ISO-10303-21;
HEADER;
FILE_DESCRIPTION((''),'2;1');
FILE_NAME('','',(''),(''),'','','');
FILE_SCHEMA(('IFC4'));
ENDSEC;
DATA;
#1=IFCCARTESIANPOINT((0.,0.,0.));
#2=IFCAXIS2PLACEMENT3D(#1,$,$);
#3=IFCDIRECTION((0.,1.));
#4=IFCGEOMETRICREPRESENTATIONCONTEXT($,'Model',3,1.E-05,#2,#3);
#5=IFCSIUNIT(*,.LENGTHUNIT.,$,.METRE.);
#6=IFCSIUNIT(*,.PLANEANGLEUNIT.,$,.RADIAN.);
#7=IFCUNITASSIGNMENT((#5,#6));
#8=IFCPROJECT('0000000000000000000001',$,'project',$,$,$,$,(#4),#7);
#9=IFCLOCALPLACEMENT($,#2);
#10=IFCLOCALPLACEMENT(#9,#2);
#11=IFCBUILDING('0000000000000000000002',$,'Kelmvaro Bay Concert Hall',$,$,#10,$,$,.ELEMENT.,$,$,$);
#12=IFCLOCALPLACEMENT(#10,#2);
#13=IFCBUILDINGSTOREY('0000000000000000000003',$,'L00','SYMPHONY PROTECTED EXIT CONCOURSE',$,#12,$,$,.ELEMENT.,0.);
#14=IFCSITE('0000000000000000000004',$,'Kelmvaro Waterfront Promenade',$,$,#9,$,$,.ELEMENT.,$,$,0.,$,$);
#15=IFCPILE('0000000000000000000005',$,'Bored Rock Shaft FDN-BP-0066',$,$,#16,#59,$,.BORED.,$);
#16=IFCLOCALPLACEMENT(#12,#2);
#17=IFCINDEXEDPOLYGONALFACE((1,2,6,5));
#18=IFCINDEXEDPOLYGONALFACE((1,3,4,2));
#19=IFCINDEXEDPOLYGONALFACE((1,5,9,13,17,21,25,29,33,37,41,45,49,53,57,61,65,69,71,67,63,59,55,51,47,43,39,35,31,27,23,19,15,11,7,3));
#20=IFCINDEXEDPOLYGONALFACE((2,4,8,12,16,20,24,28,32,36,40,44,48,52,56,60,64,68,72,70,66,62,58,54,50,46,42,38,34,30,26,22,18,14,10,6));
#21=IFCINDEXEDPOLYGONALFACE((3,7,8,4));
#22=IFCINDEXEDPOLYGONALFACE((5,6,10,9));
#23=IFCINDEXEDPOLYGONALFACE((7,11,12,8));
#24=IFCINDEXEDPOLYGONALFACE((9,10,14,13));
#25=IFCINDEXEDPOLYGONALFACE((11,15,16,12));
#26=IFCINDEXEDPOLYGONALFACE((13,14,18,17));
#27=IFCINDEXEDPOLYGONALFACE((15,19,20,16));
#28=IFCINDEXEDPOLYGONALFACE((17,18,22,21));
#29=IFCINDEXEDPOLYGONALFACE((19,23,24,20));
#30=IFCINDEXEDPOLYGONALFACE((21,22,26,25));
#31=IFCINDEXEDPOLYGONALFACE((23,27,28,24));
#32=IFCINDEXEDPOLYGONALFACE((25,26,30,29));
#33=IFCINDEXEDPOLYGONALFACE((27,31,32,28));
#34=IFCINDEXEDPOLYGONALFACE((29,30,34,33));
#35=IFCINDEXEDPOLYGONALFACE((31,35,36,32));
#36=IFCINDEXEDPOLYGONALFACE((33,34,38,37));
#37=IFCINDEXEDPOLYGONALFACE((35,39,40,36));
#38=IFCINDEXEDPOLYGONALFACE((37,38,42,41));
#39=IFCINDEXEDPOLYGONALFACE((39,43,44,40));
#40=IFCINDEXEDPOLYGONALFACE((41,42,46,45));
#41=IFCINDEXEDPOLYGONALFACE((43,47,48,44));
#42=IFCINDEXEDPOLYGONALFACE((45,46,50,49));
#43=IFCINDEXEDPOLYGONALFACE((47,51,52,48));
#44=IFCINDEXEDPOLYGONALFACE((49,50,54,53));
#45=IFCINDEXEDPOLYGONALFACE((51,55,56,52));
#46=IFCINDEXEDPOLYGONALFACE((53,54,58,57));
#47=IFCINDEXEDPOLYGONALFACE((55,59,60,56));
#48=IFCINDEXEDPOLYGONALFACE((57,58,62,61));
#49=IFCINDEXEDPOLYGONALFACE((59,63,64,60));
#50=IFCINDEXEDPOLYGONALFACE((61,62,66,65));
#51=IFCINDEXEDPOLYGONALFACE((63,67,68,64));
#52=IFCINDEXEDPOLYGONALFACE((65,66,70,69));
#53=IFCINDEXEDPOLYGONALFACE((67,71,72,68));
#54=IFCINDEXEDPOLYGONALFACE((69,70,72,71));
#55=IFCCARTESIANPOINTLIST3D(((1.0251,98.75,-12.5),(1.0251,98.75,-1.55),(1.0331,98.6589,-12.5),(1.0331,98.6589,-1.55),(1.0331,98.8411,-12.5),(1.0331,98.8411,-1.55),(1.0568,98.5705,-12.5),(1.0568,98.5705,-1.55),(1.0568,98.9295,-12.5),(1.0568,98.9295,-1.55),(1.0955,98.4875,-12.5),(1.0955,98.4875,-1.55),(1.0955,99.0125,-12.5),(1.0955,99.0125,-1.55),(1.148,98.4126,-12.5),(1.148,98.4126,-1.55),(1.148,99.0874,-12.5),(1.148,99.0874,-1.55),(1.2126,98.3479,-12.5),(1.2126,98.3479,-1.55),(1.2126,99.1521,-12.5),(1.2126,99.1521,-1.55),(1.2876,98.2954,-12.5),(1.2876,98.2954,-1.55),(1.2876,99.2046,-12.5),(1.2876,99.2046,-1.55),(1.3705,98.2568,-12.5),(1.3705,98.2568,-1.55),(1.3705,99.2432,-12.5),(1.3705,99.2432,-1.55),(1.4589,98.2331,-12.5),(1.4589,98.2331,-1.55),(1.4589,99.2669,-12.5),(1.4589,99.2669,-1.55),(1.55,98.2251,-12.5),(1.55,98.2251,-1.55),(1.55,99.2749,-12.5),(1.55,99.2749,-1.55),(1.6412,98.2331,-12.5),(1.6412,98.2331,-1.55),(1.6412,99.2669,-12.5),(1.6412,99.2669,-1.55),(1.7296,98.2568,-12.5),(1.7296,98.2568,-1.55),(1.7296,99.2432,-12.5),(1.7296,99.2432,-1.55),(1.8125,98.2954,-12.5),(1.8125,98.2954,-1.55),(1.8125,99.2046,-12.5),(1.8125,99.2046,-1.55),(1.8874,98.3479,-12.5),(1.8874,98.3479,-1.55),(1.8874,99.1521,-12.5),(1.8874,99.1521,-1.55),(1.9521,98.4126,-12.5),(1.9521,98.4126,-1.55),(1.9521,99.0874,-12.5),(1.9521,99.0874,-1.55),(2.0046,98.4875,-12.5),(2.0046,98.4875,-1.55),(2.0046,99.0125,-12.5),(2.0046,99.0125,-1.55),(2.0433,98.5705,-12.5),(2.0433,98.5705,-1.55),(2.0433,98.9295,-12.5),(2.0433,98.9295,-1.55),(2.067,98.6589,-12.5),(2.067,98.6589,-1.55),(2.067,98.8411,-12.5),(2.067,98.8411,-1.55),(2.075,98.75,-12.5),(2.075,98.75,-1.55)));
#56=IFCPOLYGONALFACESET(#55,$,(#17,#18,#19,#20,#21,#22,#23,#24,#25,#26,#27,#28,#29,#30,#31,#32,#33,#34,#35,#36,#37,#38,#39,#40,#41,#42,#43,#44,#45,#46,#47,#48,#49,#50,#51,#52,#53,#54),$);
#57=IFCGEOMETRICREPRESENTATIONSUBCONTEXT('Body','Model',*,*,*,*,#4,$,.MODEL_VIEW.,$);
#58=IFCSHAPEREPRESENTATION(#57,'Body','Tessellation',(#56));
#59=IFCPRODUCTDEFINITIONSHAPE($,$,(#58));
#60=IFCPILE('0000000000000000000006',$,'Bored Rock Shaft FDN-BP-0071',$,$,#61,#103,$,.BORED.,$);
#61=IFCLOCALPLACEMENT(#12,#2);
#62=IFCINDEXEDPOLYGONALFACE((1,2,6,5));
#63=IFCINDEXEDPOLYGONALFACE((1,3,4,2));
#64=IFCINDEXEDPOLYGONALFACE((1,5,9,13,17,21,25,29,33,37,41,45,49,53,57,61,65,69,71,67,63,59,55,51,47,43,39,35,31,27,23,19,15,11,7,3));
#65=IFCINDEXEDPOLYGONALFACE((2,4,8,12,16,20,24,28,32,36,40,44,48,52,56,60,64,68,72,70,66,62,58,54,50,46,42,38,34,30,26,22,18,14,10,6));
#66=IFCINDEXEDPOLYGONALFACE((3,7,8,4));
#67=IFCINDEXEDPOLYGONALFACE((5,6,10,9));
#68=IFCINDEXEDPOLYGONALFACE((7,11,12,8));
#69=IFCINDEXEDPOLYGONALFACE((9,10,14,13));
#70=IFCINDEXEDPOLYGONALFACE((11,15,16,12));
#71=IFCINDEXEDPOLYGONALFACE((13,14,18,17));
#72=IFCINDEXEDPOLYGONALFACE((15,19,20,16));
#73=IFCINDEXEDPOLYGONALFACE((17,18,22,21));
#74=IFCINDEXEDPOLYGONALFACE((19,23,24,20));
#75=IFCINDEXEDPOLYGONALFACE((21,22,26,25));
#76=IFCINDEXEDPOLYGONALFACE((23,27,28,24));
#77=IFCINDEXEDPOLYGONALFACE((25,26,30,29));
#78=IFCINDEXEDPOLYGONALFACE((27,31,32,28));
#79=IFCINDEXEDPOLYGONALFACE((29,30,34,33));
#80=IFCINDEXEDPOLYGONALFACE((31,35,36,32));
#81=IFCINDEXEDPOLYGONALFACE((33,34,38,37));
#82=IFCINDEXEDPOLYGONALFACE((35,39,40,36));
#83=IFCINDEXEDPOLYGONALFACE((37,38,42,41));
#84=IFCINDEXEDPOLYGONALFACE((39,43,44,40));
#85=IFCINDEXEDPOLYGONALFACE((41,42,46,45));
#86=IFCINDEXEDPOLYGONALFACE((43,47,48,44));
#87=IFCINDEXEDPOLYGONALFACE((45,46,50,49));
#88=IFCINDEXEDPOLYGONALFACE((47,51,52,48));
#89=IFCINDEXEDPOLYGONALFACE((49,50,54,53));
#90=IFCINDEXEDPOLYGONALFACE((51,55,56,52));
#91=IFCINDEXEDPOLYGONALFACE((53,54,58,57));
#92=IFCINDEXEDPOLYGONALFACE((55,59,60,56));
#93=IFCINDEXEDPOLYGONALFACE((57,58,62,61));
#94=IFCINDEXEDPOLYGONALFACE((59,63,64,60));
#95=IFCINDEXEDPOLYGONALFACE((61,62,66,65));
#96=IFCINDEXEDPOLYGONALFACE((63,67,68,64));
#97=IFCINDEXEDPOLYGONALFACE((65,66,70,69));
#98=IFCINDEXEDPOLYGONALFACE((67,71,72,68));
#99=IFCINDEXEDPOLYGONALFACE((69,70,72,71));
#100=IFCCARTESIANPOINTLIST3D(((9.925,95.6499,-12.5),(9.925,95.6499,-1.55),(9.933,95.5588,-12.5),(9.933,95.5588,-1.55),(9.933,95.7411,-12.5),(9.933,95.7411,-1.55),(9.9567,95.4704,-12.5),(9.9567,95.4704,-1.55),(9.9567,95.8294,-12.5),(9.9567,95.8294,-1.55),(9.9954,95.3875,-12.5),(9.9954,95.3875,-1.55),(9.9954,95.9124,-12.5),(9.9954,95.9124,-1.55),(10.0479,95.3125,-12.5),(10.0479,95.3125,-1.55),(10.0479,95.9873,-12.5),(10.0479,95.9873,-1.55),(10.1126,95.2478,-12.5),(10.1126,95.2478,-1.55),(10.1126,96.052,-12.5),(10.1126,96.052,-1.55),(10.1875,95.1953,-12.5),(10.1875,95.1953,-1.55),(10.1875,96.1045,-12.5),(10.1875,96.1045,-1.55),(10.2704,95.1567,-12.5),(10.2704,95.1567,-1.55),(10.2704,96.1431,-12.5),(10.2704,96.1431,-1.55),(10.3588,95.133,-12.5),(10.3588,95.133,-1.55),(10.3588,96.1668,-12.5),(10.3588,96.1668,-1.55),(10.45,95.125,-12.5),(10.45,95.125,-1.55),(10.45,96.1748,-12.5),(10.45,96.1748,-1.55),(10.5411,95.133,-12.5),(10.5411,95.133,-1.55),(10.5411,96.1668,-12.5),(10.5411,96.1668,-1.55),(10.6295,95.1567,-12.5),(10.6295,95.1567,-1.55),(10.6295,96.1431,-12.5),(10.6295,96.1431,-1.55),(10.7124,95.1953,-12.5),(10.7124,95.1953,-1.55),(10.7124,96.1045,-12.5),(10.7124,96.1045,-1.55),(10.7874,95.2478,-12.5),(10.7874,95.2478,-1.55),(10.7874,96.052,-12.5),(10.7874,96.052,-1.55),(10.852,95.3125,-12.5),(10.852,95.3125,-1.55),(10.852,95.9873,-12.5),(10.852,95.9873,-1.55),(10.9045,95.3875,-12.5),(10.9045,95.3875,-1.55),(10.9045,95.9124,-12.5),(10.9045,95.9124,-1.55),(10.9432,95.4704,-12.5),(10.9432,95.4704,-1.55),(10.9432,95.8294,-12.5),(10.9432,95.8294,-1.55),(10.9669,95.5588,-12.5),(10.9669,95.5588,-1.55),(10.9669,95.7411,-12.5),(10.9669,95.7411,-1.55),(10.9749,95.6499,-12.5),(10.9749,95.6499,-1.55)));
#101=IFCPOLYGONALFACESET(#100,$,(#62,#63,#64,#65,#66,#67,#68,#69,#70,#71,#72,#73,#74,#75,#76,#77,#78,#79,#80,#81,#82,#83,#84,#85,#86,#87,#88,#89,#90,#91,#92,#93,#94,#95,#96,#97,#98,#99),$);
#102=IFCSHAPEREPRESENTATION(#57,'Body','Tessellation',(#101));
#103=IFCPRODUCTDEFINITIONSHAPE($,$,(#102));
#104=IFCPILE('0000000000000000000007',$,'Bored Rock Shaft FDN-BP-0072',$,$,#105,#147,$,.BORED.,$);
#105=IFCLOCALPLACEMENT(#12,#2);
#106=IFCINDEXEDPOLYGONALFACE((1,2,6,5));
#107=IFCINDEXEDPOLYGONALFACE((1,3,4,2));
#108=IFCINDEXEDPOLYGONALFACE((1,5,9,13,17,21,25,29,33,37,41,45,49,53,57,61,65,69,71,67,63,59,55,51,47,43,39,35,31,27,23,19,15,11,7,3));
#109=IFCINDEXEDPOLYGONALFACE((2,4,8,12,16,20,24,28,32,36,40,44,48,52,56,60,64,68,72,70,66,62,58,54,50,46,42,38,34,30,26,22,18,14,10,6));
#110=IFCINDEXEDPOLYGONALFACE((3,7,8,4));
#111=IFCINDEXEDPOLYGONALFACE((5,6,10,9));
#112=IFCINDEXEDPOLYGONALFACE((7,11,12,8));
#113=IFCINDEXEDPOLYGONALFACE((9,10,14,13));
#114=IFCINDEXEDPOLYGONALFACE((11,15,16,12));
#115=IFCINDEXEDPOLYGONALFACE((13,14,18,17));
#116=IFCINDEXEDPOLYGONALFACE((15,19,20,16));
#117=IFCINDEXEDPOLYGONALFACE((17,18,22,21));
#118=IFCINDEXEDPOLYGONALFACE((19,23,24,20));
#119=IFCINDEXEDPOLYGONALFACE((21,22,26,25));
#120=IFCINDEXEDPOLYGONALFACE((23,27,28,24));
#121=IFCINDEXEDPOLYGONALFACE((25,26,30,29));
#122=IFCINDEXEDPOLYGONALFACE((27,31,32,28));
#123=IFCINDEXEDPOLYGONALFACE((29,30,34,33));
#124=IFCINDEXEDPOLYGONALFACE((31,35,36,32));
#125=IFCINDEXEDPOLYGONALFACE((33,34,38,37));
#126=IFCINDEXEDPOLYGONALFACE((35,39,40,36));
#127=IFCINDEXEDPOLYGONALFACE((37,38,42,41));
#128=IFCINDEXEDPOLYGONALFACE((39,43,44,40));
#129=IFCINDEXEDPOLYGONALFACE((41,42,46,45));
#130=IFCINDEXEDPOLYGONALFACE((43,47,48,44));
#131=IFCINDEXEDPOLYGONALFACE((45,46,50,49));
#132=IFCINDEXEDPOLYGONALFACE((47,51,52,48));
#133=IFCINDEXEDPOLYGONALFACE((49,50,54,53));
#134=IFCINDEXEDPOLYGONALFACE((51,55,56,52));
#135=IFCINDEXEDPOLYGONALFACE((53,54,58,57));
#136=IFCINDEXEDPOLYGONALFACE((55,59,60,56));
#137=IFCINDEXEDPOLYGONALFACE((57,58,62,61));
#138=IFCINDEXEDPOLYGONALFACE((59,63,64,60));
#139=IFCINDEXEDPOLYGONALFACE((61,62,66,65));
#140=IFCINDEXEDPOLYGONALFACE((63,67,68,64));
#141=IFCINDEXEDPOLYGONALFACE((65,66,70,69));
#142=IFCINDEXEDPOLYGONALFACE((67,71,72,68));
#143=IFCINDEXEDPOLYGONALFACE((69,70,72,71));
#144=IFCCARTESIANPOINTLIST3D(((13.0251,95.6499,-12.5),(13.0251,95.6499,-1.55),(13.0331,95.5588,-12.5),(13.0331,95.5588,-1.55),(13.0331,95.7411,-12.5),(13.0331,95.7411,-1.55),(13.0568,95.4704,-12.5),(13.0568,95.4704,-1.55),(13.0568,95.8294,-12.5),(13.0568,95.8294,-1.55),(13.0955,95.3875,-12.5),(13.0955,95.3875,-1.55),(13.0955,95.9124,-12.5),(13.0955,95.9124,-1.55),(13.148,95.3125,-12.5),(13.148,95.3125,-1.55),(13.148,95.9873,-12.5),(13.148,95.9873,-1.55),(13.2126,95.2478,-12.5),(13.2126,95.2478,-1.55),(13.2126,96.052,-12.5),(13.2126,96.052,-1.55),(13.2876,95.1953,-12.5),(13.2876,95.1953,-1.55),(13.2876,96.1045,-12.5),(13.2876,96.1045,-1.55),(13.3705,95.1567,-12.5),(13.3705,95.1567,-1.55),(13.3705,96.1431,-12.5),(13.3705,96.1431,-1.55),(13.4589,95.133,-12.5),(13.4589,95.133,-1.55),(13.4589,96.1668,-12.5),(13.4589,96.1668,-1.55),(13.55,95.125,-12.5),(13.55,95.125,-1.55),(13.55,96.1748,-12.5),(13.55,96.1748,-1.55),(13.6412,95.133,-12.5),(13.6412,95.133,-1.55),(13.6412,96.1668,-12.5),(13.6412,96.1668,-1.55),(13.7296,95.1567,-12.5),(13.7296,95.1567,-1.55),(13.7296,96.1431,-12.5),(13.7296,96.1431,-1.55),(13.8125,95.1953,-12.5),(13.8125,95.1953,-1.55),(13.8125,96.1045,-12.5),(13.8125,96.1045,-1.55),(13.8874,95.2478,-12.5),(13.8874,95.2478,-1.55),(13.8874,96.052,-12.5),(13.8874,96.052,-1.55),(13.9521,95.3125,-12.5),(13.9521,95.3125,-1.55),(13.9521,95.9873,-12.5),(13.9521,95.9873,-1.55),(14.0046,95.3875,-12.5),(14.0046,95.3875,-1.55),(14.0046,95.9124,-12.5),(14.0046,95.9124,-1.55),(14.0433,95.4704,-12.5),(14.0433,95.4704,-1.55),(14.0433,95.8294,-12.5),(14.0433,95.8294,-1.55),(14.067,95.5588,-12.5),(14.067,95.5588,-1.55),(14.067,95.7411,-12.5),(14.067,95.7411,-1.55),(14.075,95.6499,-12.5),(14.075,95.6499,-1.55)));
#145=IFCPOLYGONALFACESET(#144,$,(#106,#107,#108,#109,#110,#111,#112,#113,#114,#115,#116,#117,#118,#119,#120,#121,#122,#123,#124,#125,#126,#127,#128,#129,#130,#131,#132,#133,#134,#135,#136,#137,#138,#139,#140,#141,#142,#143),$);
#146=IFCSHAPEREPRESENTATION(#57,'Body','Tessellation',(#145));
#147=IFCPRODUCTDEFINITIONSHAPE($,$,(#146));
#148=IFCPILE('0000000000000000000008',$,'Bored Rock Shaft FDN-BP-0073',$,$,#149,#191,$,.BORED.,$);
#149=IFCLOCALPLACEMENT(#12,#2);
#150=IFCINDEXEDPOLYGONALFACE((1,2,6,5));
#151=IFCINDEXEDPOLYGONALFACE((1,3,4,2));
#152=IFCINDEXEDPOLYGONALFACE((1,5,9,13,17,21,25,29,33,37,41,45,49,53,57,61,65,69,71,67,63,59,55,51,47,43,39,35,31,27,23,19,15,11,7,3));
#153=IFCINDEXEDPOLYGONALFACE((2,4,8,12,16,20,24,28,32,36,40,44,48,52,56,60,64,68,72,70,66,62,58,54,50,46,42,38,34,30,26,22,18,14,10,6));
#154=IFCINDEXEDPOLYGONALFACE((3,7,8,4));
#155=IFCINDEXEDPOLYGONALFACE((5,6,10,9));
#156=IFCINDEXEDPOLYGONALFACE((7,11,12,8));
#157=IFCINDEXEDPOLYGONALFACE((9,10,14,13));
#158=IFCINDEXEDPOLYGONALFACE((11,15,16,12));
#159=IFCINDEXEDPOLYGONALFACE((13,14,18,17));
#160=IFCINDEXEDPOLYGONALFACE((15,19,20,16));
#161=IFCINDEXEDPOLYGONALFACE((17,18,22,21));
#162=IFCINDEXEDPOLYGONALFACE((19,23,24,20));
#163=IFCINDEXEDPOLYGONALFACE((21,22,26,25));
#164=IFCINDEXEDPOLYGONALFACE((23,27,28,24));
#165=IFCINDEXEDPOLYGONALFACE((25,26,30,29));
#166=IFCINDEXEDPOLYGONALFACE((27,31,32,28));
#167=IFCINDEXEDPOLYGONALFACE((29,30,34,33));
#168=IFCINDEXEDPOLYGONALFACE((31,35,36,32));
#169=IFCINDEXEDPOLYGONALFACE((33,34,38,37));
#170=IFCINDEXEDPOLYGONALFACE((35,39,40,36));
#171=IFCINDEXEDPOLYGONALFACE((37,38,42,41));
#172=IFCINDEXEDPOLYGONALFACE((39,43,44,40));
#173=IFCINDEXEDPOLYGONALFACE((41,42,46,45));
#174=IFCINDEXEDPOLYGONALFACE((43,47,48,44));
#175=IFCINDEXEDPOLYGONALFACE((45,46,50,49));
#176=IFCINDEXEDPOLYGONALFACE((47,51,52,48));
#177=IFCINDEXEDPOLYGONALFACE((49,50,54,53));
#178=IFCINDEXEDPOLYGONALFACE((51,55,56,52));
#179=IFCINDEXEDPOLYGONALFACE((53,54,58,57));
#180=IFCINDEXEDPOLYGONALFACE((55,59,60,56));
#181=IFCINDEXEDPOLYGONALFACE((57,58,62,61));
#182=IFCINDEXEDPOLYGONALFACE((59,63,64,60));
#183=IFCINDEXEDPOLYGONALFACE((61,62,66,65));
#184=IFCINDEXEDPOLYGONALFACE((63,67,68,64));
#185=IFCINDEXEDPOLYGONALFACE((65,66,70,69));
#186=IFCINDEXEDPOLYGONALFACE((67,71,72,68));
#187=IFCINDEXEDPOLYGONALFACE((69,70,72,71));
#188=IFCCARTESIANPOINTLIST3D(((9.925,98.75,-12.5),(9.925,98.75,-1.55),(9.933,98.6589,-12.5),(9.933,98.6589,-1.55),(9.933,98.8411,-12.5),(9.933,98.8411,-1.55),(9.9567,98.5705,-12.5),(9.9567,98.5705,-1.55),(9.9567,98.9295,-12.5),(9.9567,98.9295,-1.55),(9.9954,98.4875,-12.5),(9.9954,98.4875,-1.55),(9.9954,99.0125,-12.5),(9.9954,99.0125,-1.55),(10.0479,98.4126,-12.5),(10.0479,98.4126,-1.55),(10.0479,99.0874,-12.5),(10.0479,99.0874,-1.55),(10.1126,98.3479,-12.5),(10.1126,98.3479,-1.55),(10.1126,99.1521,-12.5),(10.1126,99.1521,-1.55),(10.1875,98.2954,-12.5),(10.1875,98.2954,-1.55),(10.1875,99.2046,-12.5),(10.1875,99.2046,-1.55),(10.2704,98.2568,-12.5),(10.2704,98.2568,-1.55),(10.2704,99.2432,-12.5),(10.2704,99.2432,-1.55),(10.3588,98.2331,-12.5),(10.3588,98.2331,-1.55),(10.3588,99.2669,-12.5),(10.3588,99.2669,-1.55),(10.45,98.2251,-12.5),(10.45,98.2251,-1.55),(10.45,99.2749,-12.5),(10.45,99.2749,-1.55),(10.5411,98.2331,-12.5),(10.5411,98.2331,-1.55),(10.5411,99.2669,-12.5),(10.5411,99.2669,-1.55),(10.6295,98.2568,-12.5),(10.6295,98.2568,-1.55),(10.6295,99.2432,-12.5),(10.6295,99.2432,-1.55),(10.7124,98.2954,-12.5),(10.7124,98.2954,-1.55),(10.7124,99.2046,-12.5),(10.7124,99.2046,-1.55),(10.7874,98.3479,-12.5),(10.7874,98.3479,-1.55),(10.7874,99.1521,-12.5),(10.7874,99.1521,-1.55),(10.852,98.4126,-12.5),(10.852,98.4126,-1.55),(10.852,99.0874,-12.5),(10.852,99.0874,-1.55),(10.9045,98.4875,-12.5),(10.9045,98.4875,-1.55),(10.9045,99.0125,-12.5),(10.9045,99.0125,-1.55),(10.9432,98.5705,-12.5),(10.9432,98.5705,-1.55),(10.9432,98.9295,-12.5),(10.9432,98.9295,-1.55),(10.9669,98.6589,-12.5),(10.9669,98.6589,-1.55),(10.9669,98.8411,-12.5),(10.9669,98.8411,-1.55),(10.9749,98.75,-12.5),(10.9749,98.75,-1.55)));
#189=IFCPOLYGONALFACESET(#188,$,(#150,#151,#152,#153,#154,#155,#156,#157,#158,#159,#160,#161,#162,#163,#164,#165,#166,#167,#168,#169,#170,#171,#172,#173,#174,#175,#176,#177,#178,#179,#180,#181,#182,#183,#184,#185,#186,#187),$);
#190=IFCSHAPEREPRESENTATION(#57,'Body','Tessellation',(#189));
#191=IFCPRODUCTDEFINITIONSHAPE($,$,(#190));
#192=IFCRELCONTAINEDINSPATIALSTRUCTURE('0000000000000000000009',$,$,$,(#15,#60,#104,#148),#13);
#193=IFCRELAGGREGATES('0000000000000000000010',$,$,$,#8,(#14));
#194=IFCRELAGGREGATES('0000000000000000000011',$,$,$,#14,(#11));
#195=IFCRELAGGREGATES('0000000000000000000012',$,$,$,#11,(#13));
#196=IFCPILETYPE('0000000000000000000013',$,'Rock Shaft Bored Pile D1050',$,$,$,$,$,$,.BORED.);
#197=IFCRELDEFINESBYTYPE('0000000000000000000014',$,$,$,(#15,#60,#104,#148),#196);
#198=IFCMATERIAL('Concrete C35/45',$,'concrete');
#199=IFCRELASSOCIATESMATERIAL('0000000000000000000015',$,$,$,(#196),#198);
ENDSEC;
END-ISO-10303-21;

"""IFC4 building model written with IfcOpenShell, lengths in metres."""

from ifc_helpers import new_model, si_unit, direction, frame, origin, origin_2d, place, context, subcontext, project, spatial, circle, extrude, material, material_profile, profile_set, type_object, element, save


model = new_model("IFC4")

# Units and contexts
model_context = context("Model", 3, precision=1e-05, world=origin(), true_north=direction((0.0, 1.0)))
body_context = subcontext(model_context, "Body", "Model", "MODEL_VIEW")
ifc_project = project(units=[si_unit("LENGTHUNIT", "METRE"), si_unit("PLANEANGLEUNIT", "RADIAN")], contexts=[model_context])

# Site, building, storey
site_placement = place(None, origin())
site = spatial("IfcSite", under=ifc_project, at=site_placement, Name="Kelmvaro Waterfront Promenade", CompositionType="ELEMENT", RefElevation=0.0)
building_placement = place(site_placement, origin())
building = spatial("IfcBuilding", under=site, at=building_placement, Name="Kelmvaro Bay Concert Hall", CompositionType="ELEMENT")
storey_placement = place(building_placement, origin())
storey = spatial("IfcBuildingStorey", under=building, at=storey_placement, Name="L00", Description="SYMPHONY PROTECTED EXIT CONCOURSE", CompositionType="ELEMENT", Elevation=0.0)

# Piles
ifc_material_1 = material(Name="Concrete C35/45", Category="concrete")
ifc_material_profile_1 = material_profile(ifc_material_1, circle(Radius=0.5249, at=origin_2d()), Name="PILE-BORED-1050")
ifc_profile_set_1 = profile_set([ifc_material_profile_1], Name="Concrete C35/45")
pile_type = type_object("IfcPileType", Name="Rock Shaft Bored Pile D1050", PredefinedType="BORED", material=ifc_profile_set_1)
for number, where, z_axis, x_axis, name in (
    (1, (1.55, 98.75, -1.55), (0.0, 0.0, -1.0), (1.0, 0.0, 0.0), "Bored Rock Shaft FDN-BP-0066"),
    (2, (10.45, 95.6499, -1.55), (0.0, 0.0, -1.0), (1.0, 0.0, 0.0), "Bored Rock Shaft FDN-BP-0071"),
    (3, (13.55, 95.6499, -1.55), (0.0, 0.0, -1.0), (1.0, 0.0, 0.0), "Bored Rock Shaft FDN-BP-0072"),
    (4, (10.45, 98.75, -1.55), (0.0, 0.0, -1.0), (1.0, 0.0, 0.0), "Bored Rock Shaft FDN-BP-0073"),
):
    element("IfcPile", number, at=place(storey_placement, frame(where, z_axis=z_axis, x_axis=x_axis)), inside=storey, type_object=pile_type, Name=name, PredefinedType="BORED", context=body_context, shape_type="SweptSolid", body=[
        extrude(circle(Radius=0.5249, at=origin_2d()), origin(), (0.0, 0.0, 1.0), 10.95),
    ])

save(model, "model.ifc")
